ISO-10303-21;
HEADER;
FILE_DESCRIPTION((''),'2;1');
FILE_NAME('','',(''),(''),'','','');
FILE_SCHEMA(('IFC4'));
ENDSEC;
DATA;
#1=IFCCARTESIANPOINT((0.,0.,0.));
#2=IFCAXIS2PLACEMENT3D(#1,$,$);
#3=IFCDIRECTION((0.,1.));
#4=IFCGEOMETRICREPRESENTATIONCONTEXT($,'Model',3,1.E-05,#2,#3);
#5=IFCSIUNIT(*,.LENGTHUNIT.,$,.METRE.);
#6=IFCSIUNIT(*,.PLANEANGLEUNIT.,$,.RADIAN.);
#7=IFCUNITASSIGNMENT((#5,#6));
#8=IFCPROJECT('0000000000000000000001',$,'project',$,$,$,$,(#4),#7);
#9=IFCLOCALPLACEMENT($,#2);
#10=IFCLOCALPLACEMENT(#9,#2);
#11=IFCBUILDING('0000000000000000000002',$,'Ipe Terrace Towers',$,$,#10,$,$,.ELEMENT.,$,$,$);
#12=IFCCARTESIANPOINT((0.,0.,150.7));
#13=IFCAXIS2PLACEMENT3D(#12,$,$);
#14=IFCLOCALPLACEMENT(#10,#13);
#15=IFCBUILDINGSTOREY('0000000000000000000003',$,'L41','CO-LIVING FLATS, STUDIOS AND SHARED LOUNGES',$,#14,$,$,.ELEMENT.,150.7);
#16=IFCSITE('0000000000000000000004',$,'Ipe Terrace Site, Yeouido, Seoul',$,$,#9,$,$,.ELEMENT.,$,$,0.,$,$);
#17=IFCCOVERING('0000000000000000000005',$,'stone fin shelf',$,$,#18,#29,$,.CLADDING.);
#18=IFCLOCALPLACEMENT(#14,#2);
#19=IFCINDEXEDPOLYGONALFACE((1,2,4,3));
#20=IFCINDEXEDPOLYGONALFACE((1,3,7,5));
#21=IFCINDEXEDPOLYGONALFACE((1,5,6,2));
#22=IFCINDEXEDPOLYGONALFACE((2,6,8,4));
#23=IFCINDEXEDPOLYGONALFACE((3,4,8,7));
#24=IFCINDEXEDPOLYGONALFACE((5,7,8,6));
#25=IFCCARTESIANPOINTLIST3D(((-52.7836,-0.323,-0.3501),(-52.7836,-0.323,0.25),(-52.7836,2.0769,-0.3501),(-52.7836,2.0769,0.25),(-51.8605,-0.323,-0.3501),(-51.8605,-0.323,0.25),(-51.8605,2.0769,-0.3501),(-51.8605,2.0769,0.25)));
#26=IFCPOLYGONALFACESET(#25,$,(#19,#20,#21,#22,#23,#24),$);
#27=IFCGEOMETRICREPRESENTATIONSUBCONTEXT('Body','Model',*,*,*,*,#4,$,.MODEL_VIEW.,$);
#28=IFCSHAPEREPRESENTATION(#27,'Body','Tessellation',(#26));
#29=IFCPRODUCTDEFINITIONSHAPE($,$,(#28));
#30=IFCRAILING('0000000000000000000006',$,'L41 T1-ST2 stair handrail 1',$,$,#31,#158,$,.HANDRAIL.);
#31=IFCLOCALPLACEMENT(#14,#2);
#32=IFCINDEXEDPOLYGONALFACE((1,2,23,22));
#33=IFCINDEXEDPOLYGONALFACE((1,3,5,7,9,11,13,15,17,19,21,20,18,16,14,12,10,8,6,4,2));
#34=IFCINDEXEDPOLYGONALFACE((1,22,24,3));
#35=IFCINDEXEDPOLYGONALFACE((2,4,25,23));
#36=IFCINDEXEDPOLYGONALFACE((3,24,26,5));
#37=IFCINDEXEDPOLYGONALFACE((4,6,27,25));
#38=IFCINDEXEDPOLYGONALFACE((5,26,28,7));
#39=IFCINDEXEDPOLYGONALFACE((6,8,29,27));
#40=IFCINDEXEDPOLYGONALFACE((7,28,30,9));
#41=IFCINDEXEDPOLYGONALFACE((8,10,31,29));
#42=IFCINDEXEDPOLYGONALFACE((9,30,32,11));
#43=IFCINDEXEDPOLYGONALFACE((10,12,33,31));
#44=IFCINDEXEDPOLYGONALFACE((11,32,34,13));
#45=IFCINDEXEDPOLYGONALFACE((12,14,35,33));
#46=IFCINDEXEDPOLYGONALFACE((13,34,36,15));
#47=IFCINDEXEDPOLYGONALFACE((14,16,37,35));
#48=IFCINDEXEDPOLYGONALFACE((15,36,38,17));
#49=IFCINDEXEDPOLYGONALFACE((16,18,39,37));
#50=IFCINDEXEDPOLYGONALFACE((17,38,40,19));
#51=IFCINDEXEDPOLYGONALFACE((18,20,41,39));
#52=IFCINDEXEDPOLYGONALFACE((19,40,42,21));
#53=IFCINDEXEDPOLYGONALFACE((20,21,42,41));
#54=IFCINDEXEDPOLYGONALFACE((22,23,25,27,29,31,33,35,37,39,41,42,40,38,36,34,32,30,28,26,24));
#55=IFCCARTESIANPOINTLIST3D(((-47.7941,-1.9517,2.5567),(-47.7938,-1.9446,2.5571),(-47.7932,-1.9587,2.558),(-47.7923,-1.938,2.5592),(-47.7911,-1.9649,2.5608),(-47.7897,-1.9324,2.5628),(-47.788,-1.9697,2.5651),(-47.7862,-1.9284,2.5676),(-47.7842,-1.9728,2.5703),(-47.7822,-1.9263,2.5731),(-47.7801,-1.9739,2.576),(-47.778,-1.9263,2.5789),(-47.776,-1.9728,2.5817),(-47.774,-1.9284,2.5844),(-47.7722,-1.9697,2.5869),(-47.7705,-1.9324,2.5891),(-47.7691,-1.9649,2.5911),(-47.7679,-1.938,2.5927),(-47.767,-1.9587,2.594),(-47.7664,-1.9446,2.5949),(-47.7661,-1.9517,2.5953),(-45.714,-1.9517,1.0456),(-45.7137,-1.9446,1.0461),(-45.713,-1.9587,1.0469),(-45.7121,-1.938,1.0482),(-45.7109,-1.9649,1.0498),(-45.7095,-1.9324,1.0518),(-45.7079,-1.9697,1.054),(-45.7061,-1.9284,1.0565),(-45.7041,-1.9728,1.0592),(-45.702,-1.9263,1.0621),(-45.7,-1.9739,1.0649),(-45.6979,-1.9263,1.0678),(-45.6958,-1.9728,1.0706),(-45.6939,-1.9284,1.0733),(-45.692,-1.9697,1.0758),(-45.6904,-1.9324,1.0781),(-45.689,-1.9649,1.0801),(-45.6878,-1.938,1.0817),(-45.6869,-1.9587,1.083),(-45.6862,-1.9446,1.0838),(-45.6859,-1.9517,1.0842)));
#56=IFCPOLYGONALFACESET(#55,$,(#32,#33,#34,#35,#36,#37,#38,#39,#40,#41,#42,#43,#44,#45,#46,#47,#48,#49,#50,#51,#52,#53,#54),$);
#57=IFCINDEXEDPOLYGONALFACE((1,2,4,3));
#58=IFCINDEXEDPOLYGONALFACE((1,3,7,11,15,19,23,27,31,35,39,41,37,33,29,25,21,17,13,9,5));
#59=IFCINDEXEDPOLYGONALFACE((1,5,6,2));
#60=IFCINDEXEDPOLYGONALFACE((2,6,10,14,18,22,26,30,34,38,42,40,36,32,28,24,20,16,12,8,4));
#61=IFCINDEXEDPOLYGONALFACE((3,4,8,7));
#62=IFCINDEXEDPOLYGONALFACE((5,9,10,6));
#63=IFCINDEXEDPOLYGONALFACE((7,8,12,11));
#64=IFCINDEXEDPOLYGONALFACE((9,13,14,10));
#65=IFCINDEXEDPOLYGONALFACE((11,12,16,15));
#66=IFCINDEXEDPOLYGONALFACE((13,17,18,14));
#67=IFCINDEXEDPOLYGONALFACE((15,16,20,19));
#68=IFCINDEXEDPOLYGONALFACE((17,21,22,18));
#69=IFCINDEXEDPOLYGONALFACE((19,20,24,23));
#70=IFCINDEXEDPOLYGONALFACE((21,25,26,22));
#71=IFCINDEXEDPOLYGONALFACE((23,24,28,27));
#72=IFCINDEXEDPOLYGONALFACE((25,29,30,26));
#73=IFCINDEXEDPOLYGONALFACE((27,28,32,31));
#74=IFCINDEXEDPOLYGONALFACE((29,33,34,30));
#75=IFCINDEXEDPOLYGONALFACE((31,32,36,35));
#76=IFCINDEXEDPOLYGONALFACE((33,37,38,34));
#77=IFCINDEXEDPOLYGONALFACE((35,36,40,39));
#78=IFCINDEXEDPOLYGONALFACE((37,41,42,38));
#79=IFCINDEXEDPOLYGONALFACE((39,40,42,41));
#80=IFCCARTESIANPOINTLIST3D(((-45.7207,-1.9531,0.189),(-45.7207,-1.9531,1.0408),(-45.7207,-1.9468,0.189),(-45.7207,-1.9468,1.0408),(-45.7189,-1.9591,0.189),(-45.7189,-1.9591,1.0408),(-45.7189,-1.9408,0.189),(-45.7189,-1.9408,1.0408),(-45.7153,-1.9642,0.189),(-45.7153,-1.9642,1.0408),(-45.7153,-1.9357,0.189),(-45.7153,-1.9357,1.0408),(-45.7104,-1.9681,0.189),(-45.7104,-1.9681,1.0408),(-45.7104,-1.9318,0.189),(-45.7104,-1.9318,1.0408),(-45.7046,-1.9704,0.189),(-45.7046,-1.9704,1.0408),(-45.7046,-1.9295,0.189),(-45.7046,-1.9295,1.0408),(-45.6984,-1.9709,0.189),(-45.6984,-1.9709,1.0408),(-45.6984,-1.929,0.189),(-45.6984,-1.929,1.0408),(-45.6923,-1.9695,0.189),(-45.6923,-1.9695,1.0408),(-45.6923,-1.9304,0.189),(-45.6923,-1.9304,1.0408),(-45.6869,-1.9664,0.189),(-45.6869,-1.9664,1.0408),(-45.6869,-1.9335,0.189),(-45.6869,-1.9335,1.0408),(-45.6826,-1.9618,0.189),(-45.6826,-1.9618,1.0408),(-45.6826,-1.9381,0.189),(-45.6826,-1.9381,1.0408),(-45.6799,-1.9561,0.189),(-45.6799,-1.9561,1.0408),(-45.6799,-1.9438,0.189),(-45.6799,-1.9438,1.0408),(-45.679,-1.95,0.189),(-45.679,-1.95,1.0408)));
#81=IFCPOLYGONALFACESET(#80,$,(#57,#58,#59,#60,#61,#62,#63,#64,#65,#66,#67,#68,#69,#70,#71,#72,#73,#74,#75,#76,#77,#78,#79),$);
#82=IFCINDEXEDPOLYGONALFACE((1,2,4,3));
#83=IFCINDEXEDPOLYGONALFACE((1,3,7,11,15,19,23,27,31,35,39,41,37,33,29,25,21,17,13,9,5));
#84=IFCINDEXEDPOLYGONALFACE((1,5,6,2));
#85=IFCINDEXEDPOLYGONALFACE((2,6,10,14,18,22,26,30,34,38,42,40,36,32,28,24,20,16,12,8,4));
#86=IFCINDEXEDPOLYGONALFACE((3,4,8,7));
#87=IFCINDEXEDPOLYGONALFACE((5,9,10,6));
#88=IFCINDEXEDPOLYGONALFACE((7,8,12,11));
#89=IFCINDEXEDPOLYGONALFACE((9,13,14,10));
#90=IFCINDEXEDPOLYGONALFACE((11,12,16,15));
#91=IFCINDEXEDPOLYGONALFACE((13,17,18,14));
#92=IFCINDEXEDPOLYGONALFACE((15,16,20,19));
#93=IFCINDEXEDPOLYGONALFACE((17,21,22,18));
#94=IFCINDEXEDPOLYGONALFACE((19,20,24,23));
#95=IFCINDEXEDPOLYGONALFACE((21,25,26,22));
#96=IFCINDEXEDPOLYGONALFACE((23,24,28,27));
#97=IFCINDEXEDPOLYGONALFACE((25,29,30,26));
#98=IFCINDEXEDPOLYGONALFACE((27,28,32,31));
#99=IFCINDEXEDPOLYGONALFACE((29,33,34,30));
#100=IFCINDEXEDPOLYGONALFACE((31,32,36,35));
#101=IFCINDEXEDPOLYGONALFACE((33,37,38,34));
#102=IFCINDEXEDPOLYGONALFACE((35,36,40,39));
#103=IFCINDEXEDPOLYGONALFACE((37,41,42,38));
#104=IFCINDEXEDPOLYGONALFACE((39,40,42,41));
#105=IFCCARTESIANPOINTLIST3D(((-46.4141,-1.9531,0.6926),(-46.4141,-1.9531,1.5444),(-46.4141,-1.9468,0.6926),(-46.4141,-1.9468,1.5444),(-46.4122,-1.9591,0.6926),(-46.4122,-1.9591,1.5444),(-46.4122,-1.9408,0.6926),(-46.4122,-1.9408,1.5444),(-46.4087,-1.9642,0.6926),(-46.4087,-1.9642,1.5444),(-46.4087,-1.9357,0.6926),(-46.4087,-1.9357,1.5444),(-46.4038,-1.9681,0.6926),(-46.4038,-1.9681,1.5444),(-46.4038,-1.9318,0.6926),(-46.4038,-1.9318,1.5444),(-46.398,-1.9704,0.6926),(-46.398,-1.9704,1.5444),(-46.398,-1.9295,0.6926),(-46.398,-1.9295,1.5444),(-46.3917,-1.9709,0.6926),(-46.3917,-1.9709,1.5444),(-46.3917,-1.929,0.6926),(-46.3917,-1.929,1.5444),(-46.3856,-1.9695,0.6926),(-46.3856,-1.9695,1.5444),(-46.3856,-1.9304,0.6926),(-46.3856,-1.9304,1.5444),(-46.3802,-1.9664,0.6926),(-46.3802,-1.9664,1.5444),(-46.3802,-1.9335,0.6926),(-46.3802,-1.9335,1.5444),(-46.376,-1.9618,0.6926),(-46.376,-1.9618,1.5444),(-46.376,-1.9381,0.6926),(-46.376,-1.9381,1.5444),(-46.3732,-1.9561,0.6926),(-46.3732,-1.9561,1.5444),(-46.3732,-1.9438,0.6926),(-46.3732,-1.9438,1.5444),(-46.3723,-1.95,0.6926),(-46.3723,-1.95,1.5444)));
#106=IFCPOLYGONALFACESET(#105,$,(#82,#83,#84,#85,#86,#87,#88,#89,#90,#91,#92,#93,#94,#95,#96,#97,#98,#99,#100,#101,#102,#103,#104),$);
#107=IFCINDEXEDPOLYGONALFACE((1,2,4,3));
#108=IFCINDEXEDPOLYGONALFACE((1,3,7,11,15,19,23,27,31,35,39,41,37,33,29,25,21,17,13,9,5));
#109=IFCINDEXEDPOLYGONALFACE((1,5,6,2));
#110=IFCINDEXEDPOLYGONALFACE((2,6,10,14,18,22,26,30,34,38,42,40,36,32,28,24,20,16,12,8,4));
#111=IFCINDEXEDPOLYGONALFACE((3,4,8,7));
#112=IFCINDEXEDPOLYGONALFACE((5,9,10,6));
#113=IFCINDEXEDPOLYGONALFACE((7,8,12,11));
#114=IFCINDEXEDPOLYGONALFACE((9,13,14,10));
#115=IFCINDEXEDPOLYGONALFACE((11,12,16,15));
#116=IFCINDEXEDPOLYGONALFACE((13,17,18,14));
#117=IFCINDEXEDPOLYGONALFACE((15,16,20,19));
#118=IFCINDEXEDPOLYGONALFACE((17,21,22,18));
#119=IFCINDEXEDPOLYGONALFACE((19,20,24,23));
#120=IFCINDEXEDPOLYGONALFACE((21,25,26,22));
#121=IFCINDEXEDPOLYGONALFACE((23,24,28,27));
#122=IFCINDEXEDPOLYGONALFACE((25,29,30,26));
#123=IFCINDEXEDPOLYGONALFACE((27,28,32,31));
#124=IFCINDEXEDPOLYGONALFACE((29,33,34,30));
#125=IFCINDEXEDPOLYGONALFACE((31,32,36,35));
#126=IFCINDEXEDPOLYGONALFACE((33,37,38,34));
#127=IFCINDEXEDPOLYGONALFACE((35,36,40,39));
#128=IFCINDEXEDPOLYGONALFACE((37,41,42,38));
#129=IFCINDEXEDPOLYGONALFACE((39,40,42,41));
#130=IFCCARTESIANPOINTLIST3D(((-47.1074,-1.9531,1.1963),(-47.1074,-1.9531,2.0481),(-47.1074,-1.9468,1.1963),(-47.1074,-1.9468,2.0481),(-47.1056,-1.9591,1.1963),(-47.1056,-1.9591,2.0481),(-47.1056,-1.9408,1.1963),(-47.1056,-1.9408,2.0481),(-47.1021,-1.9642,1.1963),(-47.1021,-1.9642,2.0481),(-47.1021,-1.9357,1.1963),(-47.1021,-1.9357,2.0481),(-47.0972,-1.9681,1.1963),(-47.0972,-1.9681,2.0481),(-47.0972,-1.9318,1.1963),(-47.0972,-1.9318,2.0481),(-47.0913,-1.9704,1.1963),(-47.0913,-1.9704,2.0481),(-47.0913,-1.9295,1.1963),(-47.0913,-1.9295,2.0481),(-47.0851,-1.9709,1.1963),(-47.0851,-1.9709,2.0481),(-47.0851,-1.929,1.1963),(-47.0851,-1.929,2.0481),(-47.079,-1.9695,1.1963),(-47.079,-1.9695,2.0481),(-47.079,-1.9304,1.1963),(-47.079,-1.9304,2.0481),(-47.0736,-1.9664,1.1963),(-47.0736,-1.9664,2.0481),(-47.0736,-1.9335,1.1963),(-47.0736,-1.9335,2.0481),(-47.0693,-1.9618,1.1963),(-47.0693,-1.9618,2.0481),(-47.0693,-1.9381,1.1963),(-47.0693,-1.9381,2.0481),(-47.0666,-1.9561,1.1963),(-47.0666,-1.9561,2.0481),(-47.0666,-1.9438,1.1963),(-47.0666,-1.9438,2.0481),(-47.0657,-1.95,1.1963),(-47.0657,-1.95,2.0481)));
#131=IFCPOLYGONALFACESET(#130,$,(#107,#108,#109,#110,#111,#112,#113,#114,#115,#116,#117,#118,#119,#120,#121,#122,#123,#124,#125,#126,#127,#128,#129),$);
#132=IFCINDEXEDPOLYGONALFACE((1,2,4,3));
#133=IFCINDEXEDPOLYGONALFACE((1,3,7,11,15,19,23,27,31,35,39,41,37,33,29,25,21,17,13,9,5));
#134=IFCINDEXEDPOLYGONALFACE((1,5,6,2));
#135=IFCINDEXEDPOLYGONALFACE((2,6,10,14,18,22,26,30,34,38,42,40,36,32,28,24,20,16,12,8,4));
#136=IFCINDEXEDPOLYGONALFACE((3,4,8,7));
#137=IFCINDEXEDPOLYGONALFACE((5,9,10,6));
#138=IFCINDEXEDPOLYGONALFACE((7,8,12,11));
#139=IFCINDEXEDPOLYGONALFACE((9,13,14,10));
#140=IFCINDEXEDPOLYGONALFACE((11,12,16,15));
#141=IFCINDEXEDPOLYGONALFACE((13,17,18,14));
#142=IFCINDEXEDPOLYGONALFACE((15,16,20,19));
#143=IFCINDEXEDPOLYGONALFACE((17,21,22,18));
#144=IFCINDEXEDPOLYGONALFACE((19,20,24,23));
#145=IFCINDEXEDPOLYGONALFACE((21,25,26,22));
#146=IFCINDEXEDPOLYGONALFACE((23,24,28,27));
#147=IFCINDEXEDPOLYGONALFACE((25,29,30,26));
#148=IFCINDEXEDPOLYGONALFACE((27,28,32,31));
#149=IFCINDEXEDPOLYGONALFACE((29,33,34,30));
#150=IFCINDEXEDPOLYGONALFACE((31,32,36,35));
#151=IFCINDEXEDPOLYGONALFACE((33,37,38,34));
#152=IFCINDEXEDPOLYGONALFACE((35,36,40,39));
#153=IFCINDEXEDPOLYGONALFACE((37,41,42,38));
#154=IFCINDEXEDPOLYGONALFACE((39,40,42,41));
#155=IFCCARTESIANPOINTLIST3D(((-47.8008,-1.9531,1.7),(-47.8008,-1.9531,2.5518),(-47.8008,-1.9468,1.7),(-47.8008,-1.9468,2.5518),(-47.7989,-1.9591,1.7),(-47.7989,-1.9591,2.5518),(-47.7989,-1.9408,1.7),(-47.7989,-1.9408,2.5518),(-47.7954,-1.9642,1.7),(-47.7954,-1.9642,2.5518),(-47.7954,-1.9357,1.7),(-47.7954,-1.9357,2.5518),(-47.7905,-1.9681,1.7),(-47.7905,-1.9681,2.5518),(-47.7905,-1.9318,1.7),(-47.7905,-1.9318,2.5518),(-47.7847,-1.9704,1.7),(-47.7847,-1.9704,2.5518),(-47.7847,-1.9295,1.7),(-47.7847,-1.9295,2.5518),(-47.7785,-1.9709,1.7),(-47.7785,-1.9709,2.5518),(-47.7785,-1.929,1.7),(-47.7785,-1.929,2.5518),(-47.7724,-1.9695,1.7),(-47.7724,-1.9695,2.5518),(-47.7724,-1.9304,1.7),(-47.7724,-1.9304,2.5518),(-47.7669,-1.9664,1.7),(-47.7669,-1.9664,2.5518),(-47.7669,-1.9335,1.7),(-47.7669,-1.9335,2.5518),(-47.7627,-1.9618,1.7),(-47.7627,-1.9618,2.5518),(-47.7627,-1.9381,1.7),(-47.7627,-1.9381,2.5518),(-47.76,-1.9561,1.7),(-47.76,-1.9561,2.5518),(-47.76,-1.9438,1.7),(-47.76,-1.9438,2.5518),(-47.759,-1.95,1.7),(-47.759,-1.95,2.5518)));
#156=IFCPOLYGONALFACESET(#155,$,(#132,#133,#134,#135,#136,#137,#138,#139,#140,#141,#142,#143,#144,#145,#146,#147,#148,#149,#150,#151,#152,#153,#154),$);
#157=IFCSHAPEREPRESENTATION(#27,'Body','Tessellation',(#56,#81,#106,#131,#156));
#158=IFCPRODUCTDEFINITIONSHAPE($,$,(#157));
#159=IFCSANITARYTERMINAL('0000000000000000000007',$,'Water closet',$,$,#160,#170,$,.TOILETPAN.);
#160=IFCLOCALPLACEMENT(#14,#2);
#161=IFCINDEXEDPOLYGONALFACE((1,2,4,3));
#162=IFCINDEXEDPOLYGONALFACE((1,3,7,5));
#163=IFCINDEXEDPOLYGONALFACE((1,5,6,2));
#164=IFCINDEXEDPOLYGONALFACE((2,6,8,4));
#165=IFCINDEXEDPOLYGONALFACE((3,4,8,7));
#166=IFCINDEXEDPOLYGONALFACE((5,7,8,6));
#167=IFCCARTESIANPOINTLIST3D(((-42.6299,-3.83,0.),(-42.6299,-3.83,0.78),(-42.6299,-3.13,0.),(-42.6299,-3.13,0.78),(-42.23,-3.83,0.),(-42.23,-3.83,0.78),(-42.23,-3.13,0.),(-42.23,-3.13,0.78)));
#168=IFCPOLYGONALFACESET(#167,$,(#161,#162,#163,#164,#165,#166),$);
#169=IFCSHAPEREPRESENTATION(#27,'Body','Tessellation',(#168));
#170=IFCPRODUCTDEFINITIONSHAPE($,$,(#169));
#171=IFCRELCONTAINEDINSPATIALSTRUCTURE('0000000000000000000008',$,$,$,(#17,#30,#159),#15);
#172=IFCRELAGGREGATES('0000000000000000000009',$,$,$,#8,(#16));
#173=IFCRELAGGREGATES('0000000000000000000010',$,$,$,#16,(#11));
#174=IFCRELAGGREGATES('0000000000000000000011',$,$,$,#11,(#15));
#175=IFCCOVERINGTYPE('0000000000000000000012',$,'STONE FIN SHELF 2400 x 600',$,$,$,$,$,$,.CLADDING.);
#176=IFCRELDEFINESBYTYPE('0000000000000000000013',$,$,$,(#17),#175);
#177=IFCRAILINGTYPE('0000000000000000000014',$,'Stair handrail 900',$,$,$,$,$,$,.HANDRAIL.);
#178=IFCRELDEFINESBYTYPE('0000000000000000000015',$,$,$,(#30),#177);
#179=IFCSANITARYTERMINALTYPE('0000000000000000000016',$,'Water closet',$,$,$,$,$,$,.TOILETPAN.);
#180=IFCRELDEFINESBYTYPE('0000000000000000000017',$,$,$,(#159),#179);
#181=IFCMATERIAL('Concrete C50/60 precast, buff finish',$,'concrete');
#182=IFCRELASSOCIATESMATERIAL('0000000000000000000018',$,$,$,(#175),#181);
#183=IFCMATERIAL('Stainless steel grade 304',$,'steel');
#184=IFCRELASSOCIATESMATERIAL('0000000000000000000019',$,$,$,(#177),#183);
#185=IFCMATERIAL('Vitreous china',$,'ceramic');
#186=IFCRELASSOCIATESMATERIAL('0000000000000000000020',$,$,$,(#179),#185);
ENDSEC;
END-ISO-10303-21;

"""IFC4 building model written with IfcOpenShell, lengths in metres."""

from ifc_helpers import new_model, si_unit, direction, frame, origin, origin_2d, place, context, subcontext, project, spatial, rectangle, circle, extrude, material, type_object, element, save


model = new_model("IFC4")

# Units and contexts
model_context = context("Model", 3, precision=1e-05, world=origin(), true_north=direction((0.0, 1.0)))
body_context = subcontext(model_context, "Body", "Model", "MODEL_VIEW")
ifc_project = project(units=[si_unit("LENGTHUNIT", "METRE"), si_unit("PLANEANGLEUNIT", "RADIAN")], contexts=[model_context])

# Site, building, storey
site_placement = place(None, origin())
site = spatial("IfcSite", under=ifc_project, at=site_placement, Name="Ipe Terrace Site, Yeouido, Seoul", CompositionType="ELEMENT", RefElevation=0.0)
building_placement = place(site_placement, origin())
building = spatial("IfcBuilding", under=site, at=building_placement, Name="Ipe Terrace Towers", CompositionType="ELEMENT")
storey_placement = place(building_placement, frame((0.0, 0.0, 150.7)))
storey = spatial("IfcBuildingStorey", under=building, at=storey_placement, Name="L41", Description="CO-LIVING FLATS, STUDIOS AND SHARED LOUNGES", CompositionType="ELEMENT", Elevation=150.7)

# Covering
ifc_material_1 = material(Name="Concrete C50/60 precast, buff finish", Category="concrete")
covering_type_1 = type_object("IfcCoveringType", Name="STONE FIN SHELF 2400 x 600", PredefinedType="CLADDING", material=ifc_material_1)
covering_placement = place(storey_placement, frame((-52.322, 0.877, -0.3501), z_axis=(0.0, 0.0, 1.0), x_axis=(0.0, -1.0, 0.0)))
element("IfcCovering", 1, at=covering_placement, inside=storey, type_object=covering_type_1, Name="stone fin shelf", PredefinedType="CLADDING", context=body_context, shape_type="SweptSolid", body=[
    extrude(rectangle(XDim=2.3999, YDim=0.9231, at=origin_2d()), origin(), (0.0, 0.0, 1.0), 0.6001),
])

# Railing
ifc_material_2 = material(Name="Stainless steel grade 304", Category="steel")
railing_type_1 = type_object("IfcRailingType", Name="Stair handrail 900", PredefinedType="HANDRAIL", material=ifc_material_2)
railing_1_placement = place(storey_placement, frame((-45.7, -1.95, 0.189)))
element("IfcRailing", 2, at=railing_1_placement, inside=storey, type_object=railing_type_1, Name="L41 T1-ST2 stair handrail 1", PredefinedType="HANDRAIL", context=body_context, shape_type="SweptSolid", body=[
    extrude(circle(Radius=0.0239, at=origin_2d()), frame((0.0, 0.0, 0.876), z_axis=(-0.809069, 0.0, 0.587714), x_axis=(0.0, -1.0, 0.0)), (0.0, 0.0, 1.0), 2.571),
    extrude(circle(Radius=0.021, at=origin_2d()), origin(), (0.0, 0.0, 1.0), 0.8518),
    extrude(circle(Radius=0.021, at=origin_2d()), frame((-0.6934, 0.0, 0.5037)), (0.0, 0.0, 1.0), 0.8518),
    extrude(circle(Radius=0.021, at=origin_2d()), frame((-1.3867, 0.0, 1.0073)), (0.0, 0.0, 1.0), 0.8518),
    extrude(circle(Radius=0.021, at=origin_2d()), frame((-2.0801, 0.0, 1.511)), (0.0, 0.0, 1.0), 0.8518),
])

# Sanitary terminal
ifc_material_3 = material(Name="Vitreous china", Category="ceramic")
sanitary_terminal_type = type_object("IfcSanitaryTerminalType", Name="Water closet", PredefinedType="TOILETPAN", material=ifc_material_3)
sanitary_terminal_placement = place(storey_placement, frame((-42.4299, -3.48, 0.0), z_axis=(0.0, 0.0, 1.0), x_axis=(0.0, 1.0, 0.0)))
element("IfcSanitaryTerminal", 3, at=sanitary_terminal_placement, inside=storey, type_object=sanitary_terminal_type, Name="Water closet", PredefinedType="TOILETPAN", context=body_context, shape_type="SweptSolid", body=[
    extrude(rectangle(XDim=0.7, YDim=0.3999, at=origin_2d()), origin(), (0.0, 0.0, 1.0), 0.78),
])

save(model, "model.ifc")
